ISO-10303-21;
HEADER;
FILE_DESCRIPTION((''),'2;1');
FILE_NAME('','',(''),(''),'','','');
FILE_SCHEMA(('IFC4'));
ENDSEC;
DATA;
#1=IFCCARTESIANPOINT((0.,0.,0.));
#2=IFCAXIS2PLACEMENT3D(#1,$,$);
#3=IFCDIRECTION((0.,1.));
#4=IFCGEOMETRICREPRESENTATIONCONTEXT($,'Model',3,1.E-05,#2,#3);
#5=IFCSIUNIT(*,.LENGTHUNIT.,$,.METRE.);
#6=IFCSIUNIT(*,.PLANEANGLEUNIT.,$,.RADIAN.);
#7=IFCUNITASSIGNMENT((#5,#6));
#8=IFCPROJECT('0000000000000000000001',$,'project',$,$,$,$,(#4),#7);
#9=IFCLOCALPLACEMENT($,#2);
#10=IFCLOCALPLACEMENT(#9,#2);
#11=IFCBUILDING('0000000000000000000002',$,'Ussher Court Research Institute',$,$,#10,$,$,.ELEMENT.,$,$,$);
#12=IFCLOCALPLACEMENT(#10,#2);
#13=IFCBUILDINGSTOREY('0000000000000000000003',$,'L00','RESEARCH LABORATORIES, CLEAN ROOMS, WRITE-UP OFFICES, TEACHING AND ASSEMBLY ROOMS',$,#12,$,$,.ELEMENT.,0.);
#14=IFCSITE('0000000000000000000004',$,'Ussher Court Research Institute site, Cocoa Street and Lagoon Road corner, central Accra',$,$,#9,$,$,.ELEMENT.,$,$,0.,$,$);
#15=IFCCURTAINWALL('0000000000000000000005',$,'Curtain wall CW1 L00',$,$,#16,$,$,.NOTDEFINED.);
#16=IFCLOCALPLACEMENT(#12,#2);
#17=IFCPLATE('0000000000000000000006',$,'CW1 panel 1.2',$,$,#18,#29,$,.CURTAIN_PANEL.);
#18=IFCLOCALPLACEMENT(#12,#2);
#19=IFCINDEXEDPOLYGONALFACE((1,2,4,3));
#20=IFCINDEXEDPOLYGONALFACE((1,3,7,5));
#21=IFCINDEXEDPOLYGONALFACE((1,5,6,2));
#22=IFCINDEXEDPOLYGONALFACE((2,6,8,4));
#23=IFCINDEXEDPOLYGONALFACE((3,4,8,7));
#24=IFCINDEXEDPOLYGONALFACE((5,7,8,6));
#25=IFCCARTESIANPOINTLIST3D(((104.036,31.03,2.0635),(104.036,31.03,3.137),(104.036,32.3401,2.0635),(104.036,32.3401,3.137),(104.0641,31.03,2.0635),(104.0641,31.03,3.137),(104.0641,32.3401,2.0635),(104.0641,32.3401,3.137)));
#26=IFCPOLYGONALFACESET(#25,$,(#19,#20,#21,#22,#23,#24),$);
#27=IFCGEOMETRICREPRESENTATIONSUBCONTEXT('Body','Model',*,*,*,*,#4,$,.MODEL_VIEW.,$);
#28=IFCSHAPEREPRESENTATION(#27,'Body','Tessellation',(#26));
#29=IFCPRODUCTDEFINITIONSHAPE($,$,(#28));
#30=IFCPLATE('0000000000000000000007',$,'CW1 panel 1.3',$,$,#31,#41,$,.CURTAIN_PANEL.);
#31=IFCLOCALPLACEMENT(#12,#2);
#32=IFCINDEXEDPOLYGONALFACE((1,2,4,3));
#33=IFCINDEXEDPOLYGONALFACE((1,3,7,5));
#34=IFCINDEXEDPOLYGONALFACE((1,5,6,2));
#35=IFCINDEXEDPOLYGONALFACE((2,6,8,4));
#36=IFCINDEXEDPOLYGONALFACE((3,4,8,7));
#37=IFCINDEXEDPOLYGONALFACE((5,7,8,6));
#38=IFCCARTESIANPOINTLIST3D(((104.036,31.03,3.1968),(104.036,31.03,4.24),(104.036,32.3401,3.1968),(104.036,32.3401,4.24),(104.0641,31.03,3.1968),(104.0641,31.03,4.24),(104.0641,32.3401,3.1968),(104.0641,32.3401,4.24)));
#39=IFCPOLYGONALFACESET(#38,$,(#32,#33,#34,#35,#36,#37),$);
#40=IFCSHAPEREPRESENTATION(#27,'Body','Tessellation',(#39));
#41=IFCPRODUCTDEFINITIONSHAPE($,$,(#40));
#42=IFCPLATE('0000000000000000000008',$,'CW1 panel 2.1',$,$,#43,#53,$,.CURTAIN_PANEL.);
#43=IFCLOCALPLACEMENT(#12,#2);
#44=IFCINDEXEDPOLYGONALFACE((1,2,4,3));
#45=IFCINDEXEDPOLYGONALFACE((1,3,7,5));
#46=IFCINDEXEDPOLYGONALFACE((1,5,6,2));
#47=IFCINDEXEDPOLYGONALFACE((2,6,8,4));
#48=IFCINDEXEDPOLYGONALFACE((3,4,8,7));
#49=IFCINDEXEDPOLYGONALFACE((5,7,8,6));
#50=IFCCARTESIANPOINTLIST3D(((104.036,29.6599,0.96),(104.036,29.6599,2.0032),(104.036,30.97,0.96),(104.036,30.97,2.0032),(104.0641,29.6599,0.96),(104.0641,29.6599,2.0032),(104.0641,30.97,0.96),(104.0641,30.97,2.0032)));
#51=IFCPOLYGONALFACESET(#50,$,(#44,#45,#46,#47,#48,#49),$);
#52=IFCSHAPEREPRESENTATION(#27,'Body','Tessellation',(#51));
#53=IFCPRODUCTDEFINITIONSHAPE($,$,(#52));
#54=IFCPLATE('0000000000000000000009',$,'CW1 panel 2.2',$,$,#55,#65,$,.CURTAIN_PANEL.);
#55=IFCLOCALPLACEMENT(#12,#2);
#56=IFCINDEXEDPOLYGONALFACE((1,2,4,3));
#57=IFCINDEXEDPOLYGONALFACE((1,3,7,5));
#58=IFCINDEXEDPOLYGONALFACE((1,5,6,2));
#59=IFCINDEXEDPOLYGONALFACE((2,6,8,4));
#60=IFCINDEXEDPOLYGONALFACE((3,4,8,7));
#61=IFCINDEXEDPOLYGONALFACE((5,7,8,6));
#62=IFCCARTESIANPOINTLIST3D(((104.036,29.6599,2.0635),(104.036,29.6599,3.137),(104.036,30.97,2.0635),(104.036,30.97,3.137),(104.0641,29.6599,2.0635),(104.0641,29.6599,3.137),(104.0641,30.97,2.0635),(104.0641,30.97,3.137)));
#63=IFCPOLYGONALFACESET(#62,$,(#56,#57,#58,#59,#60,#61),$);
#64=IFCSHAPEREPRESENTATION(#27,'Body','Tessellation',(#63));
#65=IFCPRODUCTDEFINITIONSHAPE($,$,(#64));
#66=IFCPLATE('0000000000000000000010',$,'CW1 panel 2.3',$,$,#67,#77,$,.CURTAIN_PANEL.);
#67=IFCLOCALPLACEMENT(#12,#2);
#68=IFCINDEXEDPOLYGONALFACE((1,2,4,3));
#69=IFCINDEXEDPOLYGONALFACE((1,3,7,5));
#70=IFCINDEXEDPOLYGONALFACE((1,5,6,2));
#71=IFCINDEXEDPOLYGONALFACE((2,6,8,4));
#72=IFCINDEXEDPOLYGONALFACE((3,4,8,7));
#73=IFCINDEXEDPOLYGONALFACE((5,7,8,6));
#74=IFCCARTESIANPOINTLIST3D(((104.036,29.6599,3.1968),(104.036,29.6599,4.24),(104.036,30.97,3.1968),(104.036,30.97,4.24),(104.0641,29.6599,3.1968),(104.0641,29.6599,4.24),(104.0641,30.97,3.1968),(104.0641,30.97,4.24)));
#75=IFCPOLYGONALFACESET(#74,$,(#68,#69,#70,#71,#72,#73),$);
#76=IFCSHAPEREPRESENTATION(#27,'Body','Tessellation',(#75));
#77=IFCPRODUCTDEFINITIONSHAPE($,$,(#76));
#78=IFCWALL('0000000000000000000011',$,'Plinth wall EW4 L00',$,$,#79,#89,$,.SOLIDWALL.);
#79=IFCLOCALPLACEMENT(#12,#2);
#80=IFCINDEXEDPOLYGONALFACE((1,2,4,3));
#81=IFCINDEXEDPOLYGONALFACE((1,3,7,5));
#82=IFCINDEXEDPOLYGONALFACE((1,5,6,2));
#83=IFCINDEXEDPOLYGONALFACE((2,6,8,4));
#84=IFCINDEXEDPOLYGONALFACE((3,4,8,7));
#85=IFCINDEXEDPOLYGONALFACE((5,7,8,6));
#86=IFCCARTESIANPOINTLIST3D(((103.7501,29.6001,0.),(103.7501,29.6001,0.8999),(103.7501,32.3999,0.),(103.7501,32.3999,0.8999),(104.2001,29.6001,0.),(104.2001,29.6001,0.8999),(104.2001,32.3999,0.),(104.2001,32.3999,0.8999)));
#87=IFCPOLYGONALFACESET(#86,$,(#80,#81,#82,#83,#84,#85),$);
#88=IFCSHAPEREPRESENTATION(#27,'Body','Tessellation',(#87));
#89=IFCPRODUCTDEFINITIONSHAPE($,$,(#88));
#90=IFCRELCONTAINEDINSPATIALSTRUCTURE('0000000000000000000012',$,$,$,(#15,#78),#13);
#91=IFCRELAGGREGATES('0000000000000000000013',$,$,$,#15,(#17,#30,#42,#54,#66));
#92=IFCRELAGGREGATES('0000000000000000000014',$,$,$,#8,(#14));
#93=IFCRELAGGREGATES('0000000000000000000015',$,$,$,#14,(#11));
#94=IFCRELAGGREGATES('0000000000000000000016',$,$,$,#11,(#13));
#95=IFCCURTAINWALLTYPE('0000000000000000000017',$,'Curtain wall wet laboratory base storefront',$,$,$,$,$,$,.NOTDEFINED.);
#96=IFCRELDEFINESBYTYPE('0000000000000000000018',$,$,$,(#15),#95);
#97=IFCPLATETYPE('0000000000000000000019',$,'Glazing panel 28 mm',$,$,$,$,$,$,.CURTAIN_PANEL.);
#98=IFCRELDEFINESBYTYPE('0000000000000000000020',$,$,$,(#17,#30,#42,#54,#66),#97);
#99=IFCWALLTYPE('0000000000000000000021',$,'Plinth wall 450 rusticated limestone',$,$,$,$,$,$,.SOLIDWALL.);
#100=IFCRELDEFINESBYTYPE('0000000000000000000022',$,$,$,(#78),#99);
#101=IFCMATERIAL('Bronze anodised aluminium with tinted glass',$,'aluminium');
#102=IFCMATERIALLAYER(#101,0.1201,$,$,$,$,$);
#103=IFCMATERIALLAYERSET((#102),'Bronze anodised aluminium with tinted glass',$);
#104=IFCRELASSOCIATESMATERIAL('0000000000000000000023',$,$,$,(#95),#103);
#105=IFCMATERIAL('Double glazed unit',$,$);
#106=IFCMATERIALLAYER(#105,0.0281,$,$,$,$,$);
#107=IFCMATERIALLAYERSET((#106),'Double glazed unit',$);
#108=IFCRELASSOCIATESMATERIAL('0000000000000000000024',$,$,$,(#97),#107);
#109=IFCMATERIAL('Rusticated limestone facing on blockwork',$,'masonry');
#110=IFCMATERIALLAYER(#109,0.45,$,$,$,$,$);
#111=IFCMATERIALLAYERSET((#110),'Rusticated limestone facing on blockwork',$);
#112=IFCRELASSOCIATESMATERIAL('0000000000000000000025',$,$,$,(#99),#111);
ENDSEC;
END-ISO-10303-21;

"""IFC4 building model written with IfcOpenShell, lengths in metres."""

from ifc_helpers import new_model, si_unit, direction, frame, frame_2d, origin, origin_2d, place, context, subcontext, project, spatial, rectangle, extrude, material, layer, layer_set, type_object, element, aggregate, save


model = new_model("IFC4")

# Units and contexts
model_context = context("Model", 3, precision=1e-05, world=origin(), true_north=direction((0.0, 1.0)))
body_context = subcontext(model_context, "Body", "Model", "MODEL_VIEW")
ifc_project = project(units=[si_unit("LENGTHUNIT", "METRE"), si_unit("PLANEANGLEUNIT", "RADIAN")], contexts=[model_context])

# Site, building, storey
site_placement = place(None, origin())
site = spatial("IfcSite", under=ifc_project, at=site_placement, Name="Ussher Court Research Institute site, Cocoa Street and Lagoon Road corner, central Accra", CompositionType="ELEMENT", RefElevation=0.0)
building_placement = place(site_placement, origin())
building = spatial("IfcBuilding", under=site, at=building_placement, Name="Ussher Court Research Institute", CompositionType="ELEMENT")
storey_placement = place(building_placement, origin())
storey = spatial("IfcBuildingStorey", under=building, at=storey_placement, Name="L00", Description="RESEARCH LABORATORIES, CLEAN ROOMS, WRITE-UP OFFICES, TEACHING AND ASSEMBLY ROOMS", CompositionType="ELEMENT", Elevation=0.0)

# Curtain wall, plates
ifc_material_1 = material(Name="Bronze anodised aluminium with tinted glass", Category="aluminium")
ifc_layer_1 = layer(ifc_material_1, 0.1201)
ifc_layer_set_1 = layer_set([ifc_layer_1], Name="Bronze anodised aluminium with tinted glass")
curtain_wall_type = type_object("IfcCurtainWallType", Name="Curtain wall wet laboratory base storefront", PredefinedType="NOTDEFINED", material=ifc_layer_set_1)
curtain_wall_placement = place(storey_placement, origin())
curtain_wall = element("IfcCurtainWall", 1, at=curtain_wall_placement, inside=storey, type_object=curtain_wall_type, Name="Curtain wall CW1 L00", PredefinedType="NOTDEFINED")
ifc_material_2 = material(Name="Double glazed unit")
ifc_layer_2 = layer(ifc_material_2, 0.0281)
ifc_layer_set_2 = layer_set([ifc_layer_2], Name="Double glazed unit")
plate_type = type_object("IfcPlateType", Name="Glazing panel 28 mm", PredefinedType="CURTAIN_PANEL", material=ifc_layer_set_2)
plate_1_placement = place(storey_placement, frame((104.05, 31.6851, 2.0635), z_axis=(0.0, 0.0, 1.0), x_axis=(0.0, -1.0, 0.0)))
plate_1 = element("IfcPlate", 2, at=plate_1_placement, type_object=plate_type, Name="CW1 panel 1.2", PredefinedType="CURTAIN_PANEL", context=body_context, shape_type="SweptSolid", body=[
    extrude(rectangle(XDim=1.3101, YDim=0.0281, at=origin_2d()), origin(), (0.0, 0.0, 1.0), 1.0735),
])
plate_2_placement = place(storey_placement, frame((104.05, 31.6851, 3.1968), z_axis=(0.0, 0.0, 1.0), x_axis=(0.0, -1.0, 0.0)))
plate_2 = element("IfcPlate", 3, at=plate_2_placement, type_object=plate_type, Name="CW1 panel 1.3", PredefinedType="CURTAIN_PANEL", context=body_context, shape_type="SweptSolid", body=[
    extrude(rectangle(XDim=1.3101, YDim=0.0281, at=origin_2d()), origin(), (0.0, 0.0, 1.0), 1.0432),
])
plate_3_placement = place(storey_placement, frame((104.05, 30.3149, 0.96), z_axis=(0.0, 0.0, 1.0), x_axis=(0.0, -1.0, 0.0)))
plate_3 = element("IfcPlate", 4, at=plate_3_placement, type_object=plate_type, Name="CW1 panel 2.1", PredefinedType="CURTAIN_PANEL", context=body_context, shape_type="SweptSolid", body=[
    extrude(rectangle(XDim=1.3101, YDim=0.0281, at=origin_2d()), origin(), (0.0, 0.0, 1.0), 1.0432),
])
plate_4_placement = place(storey_placement, frame((104.05, 30.3149, 2.0635), z_axis=(0.0, 0.0, 1.0), x_axis=(0.0, -1.0, 0.0)))
plate_4 = element("IfcPlate", 5, at=plate_4_placement, type_object=plate_type, Name="CW1 panel 2.2", PredefinedType="CURTAIN_PANEL", context=body_context, shape_type="SweptSolid", body=[
    extrude(rectangle(XDim=1.3101, YDim=0.0281, at=origin_2d()), origin(), (0.0, 0.0, 1.0), 1.0735),
])
plate_5_placement = place(storey_placement, frame((104.05, 30.3149, 3.1968), z_axis=(0.0, 0.0, 1.0), x_axis=(0.0, -1.0, 0.0)))
plate_5 = element("IfcPlate", 6, at=plate_5_placement, type_object=plate_type, Name="CW1 panel 2.3", PredefinedType="CURTAIN_PANEL", context=body_context, shape_type="SweptSolid", body=[
    extrude(rectangle(XDim=1.3101, YDim=0.0281, at=origin_2d()), origin(), (0.0, 0.0, 1.0), 1.0432),
])
aggregate(curtain_wall, [plate_1, plate_2, plate_3, plate_4, plate_5])

# Wall
ifc_material_3 = material(Name="Rusticated limestone facing on blockwork", Category="masonry")
ifc_layer_3 = layer(ifc_material_3, 0.45)
ifc_layer_set_3 = layer_set([ifc_layer_3], Name="Rusticated limestone facing on blockwork")
wall_type = type_object("IfcWallType", Name="Plinth wall 450 rusticated limestone", PredefinedType="SOLIDWALL", material=ifc_layer_set_3)
wall_placement = place(storey_placement, frame((103.9751, 32.3999, 0.0), z_axis=(0.0, 0.0, 1.0), x_axis=(0.0, -1.0, 0.0)))
element("IfcWall", 7, at=wall_placement, inside=storey, type_object=wall_type, Name="Plinth wall EW4 L00", PredefinedType="SOLIDWALL", context=body_context, shape_type="SweptSolid", body=[
    extrude(rectangle(XDim=2.7998, YDim=0.45, at=frame_2d((1.3999, 0.0))), origin(), (0.0, 0.0, 1.0), 0.8999),
])

save(model, "model.ifc")
